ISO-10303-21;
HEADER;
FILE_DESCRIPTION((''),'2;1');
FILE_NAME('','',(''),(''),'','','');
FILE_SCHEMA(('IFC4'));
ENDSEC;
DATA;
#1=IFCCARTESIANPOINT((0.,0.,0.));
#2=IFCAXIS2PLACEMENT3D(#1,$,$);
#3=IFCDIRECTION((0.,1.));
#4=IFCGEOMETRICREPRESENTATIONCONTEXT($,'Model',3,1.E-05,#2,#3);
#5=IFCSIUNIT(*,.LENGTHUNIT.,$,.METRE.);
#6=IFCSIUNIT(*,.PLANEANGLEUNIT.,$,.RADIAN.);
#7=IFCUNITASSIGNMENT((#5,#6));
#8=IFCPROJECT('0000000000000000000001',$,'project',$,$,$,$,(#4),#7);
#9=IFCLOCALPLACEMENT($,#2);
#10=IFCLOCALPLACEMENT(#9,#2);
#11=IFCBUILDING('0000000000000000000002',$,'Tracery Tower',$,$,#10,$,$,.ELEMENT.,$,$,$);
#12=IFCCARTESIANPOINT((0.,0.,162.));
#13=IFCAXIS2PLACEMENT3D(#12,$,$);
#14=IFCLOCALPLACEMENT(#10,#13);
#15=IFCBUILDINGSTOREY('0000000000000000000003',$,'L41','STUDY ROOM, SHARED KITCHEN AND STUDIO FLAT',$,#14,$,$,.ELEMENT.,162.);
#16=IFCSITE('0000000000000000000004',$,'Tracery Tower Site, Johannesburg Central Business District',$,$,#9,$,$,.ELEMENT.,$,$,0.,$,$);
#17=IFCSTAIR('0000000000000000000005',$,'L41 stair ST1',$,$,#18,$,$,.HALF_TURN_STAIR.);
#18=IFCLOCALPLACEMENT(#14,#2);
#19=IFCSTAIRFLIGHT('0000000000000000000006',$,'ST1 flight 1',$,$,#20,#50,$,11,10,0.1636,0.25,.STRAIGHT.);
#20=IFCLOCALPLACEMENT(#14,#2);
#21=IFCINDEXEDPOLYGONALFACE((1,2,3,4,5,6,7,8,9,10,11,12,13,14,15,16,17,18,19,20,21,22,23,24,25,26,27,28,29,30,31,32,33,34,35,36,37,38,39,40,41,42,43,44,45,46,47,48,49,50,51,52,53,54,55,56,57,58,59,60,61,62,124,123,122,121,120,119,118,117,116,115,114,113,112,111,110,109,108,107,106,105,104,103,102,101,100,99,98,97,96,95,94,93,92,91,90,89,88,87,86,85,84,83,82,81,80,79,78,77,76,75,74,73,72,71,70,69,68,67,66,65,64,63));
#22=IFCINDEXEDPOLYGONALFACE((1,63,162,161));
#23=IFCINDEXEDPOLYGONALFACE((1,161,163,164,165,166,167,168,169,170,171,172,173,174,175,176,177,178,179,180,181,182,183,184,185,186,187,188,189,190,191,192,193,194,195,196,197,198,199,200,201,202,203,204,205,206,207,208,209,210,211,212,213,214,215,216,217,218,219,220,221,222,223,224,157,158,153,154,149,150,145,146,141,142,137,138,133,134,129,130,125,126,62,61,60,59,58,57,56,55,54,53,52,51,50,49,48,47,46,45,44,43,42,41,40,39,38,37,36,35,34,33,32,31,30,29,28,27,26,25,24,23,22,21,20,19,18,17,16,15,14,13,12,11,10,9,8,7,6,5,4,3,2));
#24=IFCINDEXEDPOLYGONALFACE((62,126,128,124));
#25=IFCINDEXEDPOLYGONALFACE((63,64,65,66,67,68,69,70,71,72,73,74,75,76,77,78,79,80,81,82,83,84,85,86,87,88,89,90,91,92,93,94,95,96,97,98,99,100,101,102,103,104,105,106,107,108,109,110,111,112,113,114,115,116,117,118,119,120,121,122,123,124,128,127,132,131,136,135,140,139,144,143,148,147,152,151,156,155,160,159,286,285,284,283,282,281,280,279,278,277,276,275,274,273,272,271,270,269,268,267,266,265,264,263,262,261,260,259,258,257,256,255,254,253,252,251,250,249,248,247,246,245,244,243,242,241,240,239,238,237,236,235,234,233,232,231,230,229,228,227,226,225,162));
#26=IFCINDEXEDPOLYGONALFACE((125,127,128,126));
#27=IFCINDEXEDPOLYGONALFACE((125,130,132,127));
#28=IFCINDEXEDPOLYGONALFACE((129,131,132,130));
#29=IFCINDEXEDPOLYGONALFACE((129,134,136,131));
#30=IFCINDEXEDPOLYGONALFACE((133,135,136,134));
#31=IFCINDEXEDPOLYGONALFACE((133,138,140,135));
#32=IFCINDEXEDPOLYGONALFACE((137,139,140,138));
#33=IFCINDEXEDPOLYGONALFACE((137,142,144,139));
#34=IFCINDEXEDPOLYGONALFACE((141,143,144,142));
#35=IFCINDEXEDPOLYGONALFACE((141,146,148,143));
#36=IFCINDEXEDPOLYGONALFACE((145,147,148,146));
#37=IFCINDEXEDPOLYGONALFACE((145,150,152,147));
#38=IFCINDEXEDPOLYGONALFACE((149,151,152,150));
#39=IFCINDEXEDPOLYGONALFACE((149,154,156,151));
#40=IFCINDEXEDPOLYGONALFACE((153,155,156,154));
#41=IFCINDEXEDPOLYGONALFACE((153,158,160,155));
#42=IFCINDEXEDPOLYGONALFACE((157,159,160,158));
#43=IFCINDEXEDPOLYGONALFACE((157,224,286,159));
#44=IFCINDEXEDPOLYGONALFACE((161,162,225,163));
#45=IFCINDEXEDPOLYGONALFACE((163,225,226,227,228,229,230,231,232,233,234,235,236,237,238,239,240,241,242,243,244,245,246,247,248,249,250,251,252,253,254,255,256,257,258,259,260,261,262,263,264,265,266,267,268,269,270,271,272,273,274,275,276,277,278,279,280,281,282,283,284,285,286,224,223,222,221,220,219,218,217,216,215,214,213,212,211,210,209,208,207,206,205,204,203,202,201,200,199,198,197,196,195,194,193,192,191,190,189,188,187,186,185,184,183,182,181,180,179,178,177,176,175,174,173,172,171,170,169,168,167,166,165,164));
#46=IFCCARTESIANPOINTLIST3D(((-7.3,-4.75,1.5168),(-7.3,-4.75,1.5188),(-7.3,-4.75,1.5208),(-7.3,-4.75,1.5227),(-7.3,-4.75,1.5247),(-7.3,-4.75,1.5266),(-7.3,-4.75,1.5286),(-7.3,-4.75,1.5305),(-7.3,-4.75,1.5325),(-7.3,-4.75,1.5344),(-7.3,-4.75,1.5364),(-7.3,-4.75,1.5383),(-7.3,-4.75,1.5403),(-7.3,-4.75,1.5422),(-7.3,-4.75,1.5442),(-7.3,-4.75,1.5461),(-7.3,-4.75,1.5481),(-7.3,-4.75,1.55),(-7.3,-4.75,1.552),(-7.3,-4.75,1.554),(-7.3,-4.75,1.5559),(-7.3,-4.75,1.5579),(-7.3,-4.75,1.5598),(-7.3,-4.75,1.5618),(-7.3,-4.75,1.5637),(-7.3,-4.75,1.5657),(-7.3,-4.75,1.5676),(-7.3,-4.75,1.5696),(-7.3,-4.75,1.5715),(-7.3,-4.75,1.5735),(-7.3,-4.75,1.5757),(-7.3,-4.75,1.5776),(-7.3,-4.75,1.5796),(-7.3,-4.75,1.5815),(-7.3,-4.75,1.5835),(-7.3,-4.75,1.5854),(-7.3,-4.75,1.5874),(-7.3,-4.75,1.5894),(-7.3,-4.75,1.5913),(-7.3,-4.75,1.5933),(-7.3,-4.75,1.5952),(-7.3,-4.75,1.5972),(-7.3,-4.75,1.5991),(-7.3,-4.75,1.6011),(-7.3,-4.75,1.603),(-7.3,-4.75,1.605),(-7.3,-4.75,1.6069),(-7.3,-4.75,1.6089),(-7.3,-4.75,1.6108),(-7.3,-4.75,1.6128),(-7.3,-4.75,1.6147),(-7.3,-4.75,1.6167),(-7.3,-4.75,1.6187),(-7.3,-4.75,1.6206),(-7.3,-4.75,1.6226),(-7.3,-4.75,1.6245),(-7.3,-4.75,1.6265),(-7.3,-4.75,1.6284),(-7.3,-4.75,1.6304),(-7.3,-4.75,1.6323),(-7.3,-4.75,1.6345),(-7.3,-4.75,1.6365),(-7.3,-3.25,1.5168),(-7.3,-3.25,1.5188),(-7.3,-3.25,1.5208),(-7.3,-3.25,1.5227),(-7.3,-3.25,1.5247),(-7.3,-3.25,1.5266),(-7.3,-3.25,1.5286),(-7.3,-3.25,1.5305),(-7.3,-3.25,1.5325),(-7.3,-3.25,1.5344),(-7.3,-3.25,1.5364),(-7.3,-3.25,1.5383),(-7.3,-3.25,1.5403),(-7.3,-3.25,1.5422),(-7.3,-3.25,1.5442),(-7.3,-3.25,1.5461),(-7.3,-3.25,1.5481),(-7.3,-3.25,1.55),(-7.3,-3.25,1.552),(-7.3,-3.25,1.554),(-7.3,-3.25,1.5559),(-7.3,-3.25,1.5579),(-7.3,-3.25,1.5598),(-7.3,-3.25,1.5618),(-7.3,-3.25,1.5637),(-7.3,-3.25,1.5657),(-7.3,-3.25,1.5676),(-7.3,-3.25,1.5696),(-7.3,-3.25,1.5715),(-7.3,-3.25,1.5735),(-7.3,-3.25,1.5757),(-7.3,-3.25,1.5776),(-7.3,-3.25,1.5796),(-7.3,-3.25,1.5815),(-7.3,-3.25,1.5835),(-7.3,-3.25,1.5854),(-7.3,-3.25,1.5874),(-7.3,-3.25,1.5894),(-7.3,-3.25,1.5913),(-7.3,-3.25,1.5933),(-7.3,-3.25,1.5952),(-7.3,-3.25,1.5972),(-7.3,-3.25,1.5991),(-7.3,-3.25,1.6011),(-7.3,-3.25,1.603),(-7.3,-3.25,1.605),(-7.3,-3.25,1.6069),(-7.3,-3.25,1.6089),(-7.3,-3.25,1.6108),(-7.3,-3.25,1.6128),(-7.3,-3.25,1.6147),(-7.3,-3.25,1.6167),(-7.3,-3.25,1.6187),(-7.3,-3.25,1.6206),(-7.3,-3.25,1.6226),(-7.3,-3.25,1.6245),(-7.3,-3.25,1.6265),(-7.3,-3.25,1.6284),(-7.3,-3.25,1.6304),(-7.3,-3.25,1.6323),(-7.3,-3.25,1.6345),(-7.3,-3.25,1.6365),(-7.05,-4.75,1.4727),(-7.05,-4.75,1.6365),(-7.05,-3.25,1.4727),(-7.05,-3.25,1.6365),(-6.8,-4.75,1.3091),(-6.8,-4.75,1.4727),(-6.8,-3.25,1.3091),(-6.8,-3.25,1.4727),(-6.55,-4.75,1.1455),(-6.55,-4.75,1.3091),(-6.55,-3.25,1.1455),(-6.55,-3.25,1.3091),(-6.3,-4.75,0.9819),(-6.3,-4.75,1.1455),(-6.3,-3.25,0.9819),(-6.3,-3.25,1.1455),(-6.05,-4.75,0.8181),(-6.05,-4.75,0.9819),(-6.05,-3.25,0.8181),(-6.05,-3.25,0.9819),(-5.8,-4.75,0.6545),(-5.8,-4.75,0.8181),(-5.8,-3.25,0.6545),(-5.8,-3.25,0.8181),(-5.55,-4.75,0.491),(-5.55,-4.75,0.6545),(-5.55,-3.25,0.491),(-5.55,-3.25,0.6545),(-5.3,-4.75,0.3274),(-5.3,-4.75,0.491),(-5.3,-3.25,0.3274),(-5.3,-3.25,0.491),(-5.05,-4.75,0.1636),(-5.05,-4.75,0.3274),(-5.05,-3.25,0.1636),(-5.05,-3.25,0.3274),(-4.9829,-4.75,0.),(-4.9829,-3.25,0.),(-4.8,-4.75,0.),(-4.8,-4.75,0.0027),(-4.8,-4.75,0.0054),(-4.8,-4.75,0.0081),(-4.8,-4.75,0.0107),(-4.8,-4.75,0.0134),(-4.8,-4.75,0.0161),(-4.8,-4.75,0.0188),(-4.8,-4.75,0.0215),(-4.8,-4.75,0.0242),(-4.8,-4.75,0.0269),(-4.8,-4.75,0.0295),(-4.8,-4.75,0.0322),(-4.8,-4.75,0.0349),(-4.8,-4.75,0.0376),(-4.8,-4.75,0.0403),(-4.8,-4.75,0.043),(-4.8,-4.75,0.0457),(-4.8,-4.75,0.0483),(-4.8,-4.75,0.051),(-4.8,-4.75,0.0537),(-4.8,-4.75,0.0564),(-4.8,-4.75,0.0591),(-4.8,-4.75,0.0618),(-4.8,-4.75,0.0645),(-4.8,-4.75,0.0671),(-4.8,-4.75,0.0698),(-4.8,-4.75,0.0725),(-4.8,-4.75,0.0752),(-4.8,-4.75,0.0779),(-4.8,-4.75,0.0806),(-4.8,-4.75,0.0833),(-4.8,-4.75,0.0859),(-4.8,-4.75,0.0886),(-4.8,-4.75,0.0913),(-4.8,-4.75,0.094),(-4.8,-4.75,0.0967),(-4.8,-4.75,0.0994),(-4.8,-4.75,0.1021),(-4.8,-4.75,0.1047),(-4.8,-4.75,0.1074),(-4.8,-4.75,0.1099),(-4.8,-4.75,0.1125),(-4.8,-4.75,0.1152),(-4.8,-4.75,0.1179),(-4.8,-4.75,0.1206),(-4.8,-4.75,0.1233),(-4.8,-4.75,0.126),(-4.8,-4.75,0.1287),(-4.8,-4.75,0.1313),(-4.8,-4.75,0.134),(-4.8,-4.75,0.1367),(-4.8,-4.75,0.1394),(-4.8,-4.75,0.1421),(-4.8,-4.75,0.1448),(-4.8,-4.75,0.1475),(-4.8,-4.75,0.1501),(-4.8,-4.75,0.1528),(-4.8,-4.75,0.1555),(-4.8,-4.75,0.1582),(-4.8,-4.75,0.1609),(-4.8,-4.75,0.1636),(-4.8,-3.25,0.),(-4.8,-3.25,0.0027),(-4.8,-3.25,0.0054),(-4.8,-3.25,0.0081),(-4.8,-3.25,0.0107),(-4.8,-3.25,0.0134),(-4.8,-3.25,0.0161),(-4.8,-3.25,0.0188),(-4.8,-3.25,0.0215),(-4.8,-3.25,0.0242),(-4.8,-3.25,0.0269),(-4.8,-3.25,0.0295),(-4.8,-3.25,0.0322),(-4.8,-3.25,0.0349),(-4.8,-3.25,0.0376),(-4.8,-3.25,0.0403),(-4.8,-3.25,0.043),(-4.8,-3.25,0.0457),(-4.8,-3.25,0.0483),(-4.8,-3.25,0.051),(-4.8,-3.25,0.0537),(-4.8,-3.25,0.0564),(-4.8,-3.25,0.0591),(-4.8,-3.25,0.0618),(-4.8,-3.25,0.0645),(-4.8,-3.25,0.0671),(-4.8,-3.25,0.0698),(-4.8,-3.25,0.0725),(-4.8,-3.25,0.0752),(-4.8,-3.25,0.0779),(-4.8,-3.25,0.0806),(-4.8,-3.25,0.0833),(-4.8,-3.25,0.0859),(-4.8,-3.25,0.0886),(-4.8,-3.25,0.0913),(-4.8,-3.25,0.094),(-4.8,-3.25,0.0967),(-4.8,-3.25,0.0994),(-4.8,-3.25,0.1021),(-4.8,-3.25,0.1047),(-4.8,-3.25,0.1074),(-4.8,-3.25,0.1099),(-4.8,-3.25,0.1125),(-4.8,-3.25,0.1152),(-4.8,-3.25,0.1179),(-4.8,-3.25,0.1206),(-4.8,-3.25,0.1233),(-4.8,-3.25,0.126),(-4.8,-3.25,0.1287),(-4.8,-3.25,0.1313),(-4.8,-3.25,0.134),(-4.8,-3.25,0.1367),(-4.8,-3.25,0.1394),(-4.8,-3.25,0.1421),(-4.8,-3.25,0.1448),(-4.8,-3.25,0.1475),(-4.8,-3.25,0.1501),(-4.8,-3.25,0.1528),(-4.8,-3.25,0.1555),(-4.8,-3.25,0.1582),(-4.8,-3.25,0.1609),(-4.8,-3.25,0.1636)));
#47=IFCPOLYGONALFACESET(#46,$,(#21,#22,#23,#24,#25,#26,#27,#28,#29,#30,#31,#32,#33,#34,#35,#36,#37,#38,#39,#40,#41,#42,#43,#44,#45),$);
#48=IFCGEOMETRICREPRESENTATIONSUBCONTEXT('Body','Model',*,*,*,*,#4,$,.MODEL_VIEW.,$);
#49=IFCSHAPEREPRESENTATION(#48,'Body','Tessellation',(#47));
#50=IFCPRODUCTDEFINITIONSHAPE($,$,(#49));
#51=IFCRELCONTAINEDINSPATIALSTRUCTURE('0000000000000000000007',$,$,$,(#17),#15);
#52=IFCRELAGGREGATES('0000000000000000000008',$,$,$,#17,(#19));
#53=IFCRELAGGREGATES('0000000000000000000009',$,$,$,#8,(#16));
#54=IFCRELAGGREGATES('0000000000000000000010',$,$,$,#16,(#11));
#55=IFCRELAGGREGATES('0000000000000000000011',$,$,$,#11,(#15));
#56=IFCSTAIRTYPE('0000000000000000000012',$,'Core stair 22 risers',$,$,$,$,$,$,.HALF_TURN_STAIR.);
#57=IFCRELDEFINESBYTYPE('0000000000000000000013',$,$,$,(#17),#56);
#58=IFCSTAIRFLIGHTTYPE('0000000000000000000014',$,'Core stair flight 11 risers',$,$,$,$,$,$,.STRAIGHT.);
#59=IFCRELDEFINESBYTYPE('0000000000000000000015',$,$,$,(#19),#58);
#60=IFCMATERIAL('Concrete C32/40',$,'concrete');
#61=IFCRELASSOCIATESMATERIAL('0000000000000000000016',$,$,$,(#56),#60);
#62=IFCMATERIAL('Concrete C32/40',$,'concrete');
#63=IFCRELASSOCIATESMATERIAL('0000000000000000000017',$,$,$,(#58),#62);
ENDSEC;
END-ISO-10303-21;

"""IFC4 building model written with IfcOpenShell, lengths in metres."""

from ifc_helpers import new_model, si_unit, direction, frame, origin, place, context, subcontext, project, spatial, polyline, outline, extrude, material, type_object, element, aggregate, save


model = new_model("IFC4")

# Units and contexts
model_context = context("Model", 3, precision=1e-05, world=origin(), true_north=direction((0.0, 1.0)))
body_context = subcontext(model_context, "Body", "Model", "MODEL_VIEW")
ifc_project = project(units=[si_unit("LENGTHUNIT", "METRE"), si_unit("PLANEANGLEUNIT", "RADIAN")], contexts=[model_context])

# Site, building, storey
site_placement = place(None, origin())
site = spatial("IfcSite", under=ifc_project, at=site_placement, Name="Tracery Tower Site, Johannesburg Central Business District", CompositionType="ELEMENT", RefElevation=0.0)
building_placement = place(site_placement, origin())
building = spatial("IfcBuilding", under=site, at=building_placement, Name="Tracery Tower", CompositionType="ELEMENT")
storey_placement = place(building_placement, frame((0.0, 0.0, 162.0)))
storey = spatial("IfcBuildingStorey", under=building, at=storey_placement, Name="L41", Description="STUDY ROOM, SHARED KITCHEN AND STUDIO FLAT", CompositionType="ELEMENT", Elevation=162.0)

# Stair, stair flight
ifc_material_1 = material(Name="Concrete C32/40", Category="concrete")
stair_type = type_object("IfcStairType", Name="Core stair 22 risers", PredefinedType="HALF_TURN_STAIR", material=ifc_material_1)
stair_placement = place(storey_placement, origin())
stair = element("IfcStair", 1, at=stair_placement, inside=storey, type_object=stair_type, Name="L41 stair ST1", PredefinedType="HALF_TURN_STAIR")
ifc_material_2 = material(Name="Concrete C32/40", Category="concrete")
stair_flight_type = type_object("IfcStairFlightType", Name="Core stair flight 11 risers", PredefinedType="STRAIGHT", material=ifc_material_2)
stair_flight_1_placement = place(storey_placement, frame((-4.8, -4.0, 0.0), z_axis=(0.0, 0.0, 1.0), x_axis=(-1.0, 0.0, 0.0)))
stair_flight_1 = element("IfcStairFlight", 2, at=stair_flight_1_placement, type_object=stair_flight_type, Name="ST1 flight 1", NumberOfRisers=11, NumberOfTreads=10, PredefinedType="STRAIGHT", RiserHeight=0.1636, TreadLength=0.25, context=body_context, shape_type="SweptSolid", body=[
    extrude(outline(polyline([(0.0, 0.0), (0.0, 0.0027), (0.0, 0.0054), (0.0, 0.0081), (0.0, 0.0107), (0.0, 0.0134), (0.0, 0.0161), (0.0, 0.0188), (0.0, 0.0215), (0.0, 0.0242), (0.0, 0.0269), (0.0, 0.0295), (0.0, 0.0322), (0.0, 0.0349), (0.0, 0.0376), (0.0, 0.0403), (0.0, 0.043), (0.0, 0.0457), (0.0, 0.0483), (0.0, 0.051), (0.0, 0.0537), (0.0, 0.0564), (0.0, 0.0591), (0.0, 0.0618), (0.0, 0.0645), (0.0, 0.0671), (0.0, 0.0698), (0.0, 0.0725), (0.0, 0.0752), (0.0, 0.0779), (0.0, 0.0806), (0.0, 0.0833), (0.0, 0.0859), (0.0, 0.0886), (0.0, 0.0913), (0.0, 0.094), (0.0, 0.0967), (0.0, 0.0994), (0.0, 0.1021), (0.0, 0.1047), (0.0, 0.1074), (0.0, 0.1099), (0.0, 0.1125), (0.0, 0.1152), (0.0, 0.1179), (0.0, 0.1206), (0.0, 0.1233), (0.0, 0.126), (0.0, 0.1287), (0.0, 0.1313), (0.0, 0.134), (0.0, 0.1367), (0.0, 0.1394), (0.0, 0.1421), (0.0, 0.1448), (0.0, 0.1475), (0.0, 0.1501), (0.0, 0.1528), (0.0, 0.1555), (0.0, 0.1582), (0.0, 0.1609), (0.0, 0.1636), (0.25, 0.1636), (0.25, 0.3274), (0.5, 0.3274), (0.5, 0.491), (0.75, 0.491), (0.75, 0.6545), (1.0, 0.6545), (1.0, 0.8181), (1.25, 0.8181), (1.25, 0.9819), (1.5, 0.9819), (1.5, 1.1455), (1.75, 1.1455), (1.75, 1.3091), (2.0, 1.3091), (2.0, 1.4727), (2.25, 1.4727), (2.25, 1.6365), (2.5, 1.6365), (2.5, 1.6345), (2.5, 1.6323), (2.5, 1.6304), (2.5, 1.6284), (2.5, 1.6265), (2.5, 1.6245), (2.5, 1.6226), (2.5, 1.6206), (2.5, 1.6187), (2.5, 1.6167), (2.5, 1.6147), (2.5, 1.6128), (2.5, 1.6108), (2.5, 1.6089), (2.5, 1.6069), (2.5, 1.605), (2.5, 1.603), (2.5, 1.6011), (2.5, 1.5991), (2.5, 1.5972), (2.5, 1.5952), (2.5, 1.5933), (2.5, 1.5913), (2.5, 1.5894), (2.5, 1.5874), (2.5, 1.5854), (2.5, 1.5835), (2.5, 1.5815), (2.5, 1.5796), (2.5, 1.5776), (2.5, 1.5757), (2.5, 1.5735), (2.5, 1.5715), (2.5, 1.5696), (2.5, 1.5676), (2.5, 1.5657), (2.5, 1.5637), (2.5, 1.5618), (2.5, 1.5598), (2.5, 1.5579), (2.5, 1.5559), (2.5, 1.554), (2.5, 1.552), (2.5, 1.55), (2.5, 1.5481), (2.5, 1.5461), (2.5, 1.5442), (2.5, 1.5422), (2.5, 1.5403), (2.5, 1.5383), (2.5, 1.5364), (2.5, 1.5344), (2.5, 1.5325), (2.5, 1.5305), (2.5, 1.5286), (2.5, 1.5266), (2.5, 1.5247), (2.5, 1.5227), (2.5, 1.5208), (2.5, 1.5188), (2.5, 1.5168), (0.1829, 0.0), (0.0, 0.0)])), frame((0.0, 0.75, 0.0), z_axis=(0.0, -1.0, 0.0), x_axis=(1.0, 0.0, 0.0)), (0.0, 0.0, 1.0), 1.5),
])
aggregate(stair, [stair_flight_1])

save(model, "model.ifc")
